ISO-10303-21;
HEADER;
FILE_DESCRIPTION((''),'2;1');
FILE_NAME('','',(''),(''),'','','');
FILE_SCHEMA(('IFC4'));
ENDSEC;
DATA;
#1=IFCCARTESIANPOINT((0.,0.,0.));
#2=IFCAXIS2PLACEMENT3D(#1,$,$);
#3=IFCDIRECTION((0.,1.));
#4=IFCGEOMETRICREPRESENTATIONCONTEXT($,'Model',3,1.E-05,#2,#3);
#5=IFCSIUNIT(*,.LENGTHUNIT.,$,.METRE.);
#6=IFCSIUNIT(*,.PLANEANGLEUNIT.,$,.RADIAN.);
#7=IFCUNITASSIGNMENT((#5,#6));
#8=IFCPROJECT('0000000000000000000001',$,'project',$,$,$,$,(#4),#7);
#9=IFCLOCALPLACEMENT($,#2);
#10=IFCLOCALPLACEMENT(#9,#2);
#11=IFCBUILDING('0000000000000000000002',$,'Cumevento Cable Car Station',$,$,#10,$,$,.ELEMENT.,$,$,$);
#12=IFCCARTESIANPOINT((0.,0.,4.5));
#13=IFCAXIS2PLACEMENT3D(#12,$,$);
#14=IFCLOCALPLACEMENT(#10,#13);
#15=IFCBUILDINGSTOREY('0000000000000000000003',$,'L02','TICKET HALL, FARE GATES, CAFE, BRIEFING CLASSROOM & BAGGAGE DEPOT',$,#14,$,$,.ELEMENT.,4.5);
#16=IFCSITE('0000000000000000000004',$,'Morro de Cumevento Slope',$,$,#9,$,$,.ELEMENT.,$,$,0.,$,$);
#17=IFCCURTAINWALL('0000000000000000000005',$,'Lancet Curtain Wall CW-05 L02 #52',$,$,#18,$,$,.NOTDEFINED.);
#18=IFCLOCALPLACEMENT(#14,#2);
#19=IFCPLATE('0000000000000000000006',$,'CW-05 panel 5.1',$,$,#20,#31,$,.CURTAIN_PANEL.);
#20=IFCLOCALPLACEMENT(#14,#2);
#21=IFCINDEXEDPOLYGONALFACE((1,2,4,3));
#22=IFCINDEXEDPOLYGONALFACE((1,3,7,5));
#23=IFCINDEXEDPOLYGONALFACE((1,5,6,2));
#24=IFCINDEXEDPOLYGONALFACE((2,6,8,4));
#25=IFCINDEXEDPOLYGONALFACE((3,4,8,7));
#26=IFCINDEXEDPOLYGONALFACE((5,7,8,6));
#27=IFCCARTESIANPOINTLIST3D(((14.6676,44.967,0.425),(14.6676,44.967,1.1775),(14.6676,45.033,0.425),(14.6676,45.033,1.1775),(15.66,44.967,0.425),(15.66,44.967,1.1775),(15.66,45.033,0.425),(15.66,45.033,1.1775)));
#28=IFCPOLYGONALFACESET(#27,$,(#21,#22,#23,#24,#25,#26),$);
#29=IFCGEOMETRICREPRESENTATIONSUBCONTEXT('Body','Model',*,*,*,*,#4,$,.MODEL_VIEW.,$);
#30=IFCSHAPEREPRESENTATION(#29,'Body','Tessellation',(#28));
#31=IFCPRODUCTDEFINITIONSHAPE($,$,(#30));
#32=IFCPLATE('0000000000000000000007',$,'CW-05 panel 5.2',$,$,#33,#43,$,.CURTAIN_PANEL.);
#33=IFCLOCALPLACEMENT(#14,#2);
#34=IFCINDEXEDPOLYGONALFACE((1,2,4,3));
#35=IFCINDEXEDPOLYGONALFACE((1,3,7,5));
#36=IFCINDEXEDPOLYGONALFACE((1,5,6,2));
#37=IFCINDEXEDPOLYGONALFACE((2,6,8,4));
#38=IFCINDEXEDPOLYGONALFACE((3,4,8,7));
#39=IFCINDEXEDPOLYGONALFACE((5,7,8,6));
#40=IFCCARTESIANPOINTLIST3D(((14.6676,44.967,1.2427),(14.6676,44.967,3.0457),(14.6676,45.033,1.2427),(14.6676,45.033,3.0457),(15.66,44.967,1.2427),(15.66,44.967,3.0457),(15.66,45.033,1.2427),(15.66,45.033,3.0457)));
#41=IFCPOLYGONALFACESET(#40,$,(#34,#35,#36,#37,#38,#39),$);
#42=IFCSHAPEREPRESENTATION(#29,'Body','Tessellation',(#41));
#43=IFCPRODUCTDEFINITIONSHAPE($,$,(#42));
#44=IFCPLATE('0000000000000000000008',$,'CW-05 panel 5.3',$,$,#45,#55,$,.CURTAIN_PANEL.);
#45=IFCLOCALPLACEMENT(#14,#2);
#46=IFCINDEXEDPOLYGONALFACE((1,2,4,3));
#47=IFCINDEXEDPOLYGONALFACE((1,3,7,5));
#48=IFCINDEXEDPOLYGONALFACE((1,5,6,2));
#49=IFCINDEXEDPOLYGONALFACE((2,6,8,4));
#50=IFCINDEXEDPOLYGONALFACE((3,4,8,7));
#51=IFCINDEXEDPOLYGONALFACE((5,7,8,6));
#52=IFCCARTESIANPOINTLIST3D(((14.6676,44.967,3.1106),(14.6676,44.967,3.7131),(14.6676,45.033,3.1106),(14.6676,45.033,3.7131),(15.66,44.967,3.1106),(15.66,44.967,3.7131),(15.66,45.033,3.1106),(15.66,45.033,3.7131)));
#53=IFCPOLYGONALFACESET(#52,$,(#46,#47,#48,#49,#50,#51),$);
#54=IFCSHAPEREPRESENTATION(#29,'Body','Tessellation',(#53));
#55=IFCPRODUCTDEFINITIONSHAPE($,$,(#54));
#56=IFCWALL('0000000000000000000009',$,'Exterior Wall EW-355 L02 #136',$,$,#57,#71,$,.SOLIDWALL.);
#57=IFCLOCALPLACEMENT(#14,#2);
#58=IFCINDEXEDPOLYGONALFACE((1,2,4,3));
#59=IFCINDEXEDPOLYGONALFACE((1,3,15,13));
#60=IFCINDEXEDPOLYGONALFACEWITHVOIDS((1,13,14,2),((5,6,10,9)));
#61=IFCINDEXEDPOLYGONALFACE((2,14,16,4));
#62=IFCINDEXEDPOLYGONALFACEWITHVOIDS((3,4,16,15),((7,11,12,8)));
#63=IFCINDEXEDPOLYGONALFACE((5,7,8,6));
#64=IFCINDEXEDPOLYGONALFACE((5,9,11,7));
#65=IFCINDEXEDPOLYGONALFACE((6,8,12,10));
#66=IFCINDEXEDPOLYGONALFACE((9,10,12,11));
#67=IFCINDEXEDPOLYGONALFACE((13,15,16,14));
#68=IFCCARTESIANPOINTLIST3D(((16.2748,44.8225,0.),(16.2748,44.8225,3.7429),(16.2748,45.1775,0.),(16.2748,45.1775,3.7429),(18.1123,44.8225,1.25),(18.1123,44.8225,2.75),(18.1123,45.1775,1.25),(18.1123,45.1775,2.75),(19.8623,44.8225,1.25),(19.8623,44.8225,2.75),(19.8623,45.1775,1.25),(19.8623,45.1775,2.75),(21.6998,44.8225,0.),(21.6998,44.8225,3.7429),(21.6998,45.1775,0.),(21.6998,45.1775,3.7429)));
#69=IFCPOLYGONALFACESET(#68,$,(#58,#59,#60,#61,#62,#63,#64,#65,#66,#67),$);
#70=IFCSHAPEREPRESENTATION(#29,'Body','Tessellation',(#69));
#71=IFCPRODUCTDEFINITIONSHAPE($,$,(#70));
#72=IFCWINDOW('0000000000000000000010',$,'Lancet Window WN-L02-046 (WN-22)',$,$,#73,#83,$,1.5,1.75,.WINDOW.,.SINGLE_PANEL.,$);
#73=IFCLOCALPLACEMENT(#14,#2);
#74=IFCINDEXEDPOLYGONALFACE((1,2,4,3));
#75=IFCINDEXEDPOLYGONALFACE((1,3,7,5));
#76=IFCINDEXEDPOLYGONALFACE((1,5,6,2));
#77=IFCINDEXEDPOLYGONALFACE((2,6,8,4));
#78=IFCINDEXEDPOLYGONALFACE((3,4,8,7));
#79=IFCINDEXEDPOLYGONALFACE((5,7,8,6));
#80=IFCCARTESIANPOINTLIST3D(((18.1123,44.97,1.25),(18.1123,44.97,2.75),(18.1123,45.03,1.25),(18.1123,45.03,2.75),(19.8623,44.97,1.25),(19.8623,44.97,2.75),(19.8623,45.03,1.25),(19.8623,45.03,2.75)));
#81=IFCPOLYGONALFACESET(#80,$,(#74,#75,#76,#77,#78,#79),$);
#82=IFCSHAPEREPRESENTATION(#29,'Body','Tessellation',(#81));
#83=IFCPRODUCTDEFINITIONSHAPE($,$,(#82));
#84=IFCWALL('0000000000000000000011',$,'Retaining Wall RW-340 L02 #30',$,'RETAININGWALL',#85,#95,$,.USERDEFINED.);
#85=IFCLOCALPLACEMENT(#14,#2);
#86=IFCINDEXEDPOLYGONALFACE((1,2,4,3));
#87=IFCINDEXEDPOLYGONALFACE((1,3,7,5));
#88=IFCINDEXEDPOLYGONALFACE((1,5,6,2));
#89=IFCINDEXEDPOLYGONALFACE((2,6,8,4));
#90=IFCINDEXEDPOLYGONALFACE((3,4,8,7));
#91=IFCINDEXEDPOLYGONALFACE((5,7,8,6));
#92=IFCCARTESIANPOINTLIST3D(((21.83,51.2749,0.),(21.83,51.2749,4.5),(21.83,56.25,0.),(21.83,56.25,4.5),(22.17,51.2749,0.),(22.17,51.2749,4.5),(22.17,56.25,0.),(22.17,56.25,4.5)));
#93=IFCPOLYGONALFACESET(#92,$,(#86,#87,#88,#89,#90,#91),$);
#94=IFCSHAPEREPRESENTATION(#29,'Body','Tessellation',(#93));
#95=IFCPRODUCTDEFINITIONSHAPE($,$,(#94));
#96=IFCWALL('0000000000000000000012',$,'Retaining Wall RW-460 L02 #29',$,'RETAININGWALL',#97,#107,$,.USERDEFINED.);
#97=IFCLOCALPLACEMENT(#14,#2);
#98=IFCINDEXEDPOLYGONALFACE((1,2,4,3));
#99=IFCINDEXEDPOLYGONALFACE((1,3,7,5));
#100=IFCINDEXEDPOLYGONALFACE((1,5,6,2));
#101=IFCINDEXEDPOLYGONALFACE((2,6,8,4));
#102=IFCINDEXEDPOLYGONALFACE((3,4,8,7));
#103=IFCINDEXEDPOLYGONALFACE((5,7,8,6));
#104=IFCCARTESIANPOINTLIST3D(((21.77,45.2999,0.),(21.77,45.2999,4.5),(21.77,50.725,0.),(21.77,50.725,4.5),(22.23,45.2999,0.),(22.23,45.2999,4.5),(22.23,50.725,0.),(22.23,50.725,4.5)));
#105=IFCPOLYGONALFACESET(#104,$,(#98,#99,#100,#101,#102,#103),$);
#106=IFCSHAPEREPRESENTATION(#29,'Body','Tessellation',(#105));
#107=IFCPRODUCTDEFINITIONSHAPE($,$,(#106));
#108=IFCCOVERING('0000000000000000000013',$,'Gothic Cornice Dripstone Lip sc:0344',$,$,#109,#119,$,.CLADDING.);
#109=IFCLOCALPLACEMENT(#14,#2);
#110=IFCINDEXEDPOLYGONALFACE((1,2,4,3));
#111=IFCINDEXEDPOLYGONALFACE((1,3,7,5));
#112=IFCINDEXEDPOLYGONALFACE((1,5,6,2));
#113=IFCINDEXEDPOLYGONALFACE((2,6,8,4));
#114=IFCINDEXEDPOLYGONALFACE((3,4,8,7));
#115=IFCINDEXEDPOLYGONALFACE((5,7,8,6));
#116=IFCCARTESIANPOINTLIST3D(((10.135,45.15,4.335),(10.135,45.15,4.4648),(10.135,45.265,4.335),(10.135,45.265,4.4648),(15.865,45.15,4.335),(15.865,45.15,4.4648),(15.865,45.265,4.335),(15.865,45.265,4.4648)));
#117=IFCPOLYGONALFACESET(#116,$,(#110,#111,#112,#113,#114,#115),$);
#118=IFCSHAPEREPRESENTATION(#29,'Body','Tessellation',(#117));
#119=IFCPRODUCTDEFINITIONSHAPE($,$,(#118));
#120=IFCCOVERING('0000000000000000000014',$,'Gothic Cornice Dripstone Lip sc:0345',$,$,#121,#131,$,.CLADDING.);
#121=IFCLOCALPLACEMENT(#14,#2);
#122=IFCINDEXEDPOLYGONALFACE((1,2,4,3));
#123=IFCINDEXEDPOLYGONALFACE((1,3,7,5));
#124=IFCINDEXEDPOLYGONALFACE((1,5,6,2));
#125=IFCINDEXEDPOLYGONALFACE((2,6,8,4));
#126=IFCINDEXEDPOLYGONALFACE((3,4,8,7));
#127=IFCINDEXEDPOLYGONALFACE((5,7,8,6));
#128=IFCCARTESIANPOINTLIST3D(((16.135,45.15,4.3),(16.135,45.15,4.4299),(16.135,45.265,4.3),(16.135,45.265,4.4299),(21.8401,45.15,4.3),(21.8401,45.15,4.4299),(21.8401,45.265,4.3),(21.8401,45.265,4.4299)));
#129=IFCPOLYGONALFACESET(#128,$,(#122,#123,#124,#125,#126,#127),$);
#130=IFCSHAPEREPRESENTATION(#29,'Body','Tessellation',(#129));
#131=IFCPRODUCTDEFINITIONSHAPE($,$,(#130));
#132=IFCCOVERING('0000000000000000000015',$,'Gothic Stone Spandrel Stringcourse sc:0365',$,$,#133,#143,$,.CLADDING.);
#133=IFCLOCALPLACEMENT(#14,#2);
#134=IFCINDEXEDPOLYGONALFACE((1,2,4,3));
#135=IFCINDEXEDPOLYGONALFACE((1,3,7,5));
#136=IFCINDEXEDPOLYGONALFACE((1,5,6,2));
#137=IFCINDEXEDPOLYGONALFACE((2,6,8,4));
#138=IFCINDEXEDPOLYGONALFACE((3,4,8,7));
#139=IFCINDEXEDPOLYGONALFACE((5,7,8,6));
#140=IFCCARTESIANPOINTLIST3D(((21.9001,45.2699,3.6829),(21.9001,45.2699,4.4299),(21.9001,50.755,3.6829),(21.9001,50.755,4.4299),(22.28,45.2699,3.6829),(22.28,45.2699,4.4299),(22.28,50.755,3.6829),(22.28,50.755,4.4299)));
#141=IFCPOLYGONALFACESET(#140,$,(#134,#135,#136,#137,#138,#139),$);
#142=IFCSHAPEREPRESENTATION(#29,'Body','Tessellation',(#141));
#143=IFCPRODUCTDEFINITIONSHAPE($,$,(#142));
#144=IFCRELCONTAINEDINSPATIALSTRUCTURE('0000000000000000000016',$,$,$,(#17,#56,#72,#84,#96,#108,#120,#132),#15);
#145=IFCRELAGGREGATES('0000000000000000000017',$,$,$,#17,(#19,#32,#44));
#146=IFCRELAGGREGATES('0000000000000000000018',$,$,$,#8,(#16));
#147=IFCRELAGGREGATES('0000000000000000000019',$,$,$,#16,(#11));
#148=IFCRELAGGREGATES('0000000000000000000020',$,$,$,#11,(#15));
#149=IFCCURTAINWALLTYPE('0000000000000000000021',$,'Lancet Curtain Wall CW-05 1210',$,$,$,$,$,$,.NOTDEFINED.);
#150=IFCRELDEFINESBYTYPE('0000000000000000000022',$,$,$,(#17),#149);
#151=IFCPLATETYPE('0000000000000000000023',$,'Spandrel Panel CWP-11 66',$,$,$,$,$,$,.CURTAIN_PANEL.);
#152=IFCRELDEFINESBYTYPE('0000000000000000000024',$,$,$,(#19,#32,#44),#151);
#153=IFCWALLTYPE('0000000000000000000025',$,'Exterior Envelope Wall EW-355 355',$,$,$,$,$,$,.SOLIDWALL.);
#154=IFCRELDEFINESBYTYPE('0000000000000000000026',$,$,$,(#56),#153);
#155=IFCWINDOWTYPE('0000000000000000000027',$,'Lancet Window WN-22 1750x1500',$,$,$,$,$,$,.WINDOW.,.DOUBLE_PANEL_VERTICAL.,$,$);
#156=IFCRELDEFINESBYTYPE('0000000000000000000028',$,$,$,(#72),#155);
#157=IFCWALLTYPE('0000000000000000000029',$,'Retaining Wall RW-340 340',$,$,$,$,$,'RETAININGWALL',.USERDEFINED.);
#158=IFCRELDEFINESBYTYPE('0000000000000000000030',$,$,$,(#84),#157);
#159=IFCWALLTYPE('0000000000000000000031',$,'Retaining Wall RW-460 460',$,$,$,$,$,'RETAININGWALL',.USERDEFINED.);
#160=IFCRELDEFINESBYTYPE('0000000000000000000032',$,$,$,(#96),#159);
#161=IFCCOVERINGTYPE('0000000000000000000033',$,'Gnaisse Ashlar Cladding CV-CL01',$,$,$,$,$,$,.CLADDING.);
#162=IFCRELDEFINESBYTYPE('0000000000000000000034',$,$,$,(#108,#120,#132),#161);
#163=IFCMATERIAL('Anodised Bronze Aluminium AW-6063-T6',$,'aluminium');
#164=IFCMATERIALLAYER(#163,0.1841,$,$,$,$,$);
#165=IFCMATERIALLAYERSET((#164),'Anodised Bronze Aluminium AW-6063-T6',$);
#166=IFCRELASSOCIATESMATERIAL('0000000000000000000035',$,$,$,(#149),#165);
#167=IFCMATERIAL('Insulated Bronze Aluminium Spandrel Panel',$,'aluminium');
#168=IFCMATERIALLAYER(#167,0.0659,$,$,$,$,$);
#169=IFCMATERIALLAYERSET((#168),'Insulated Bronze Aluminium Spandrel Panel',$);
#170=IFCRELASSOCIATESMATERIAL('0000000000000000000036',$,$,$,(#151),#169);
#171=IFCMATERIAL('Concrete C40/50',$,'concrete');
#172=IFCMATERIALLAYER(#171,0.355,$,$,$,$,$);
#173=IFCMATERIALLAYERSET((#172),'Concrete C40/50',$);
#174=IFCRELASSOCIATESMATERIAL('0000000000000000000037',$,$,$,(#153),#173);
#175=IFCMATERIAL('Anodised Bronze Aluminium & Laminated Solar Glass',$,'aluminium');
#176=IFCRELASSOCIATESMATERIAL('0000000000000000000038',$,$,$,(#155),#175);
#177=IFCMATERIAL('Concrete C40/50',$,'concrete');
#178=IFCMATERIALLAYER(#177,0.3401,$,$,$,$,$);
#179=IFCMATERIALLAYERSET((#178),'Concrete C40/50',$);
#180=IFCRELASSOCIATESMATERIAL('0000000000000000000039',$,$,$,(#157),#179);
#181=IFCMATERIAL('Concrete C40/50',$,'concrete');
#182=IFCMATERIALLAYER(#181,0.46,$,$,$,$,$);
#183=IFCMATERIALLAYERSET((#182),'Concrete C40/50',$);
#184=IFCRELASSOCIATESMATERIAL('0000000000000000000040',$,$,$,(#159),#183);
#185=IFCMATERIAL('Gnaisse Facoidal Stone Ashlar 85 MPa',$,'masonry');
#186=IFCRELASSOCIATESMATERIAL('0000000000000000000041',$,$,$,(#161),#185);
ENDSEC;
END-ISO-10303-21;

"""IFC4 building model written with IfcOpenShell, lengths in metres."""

from ifc_helpers import new_model, si_unit, direction, frame, frame_2d, origin, origin_2d, place, context, subcontext, project, spatial, rectangle, extrude, material, layer, layer_set, type_object, element, fill, aggregate, save


model = new_model("IFC4")

# Units and contexts
model_context = context("Model", 3, precision=1e-05, world=origin(), true_north=direction((0.0, 1.0)))
body_context = subcontext(model_context, "Body", "Model", "MODEL_VIEW")
ifc_project = project(units=[si_unit("LENGTHUNIT", "METRE"), si_unit("PLANEANGLEUNIT", "RADIAN")], contexts=[model_context])

# Site, building, storey
site_placement = place(None, origin())
site = spatial("IfcSite", under=ifc_project, at=site_placement, Name="Morro de Cumevento Slope", CompositionType="ELEMENT", RefElevation=0.0)
building_placement = place(site_placement, origin())
building = spatial("IfcBuilding", under=site, at=building_placement, Name="Cumevento Cable Car Station", CompositionType="ELEMENT")
storey_placement = place(building_placement, frame((0.0, 0.0, 4.5)))
storey = spatial("IfcBuildingStorey", under=building, at=storey_placement, Name="L02", Description="TICKET HALL, FARE GATES, CAFE, BRIEFING CLASSROOM & BAGGAGE DEPOT", CompositionType="ELEMENT", Elevation=4.5)

# Curtain wall
ifc_material_1 = material(Name="Anodised Bronze Aluminium AW-6063-T6", Category="aluminium")
ifc_layer_1 = layer(ifc_material_1, 0.1841)
ifc_layer_set_1 = layer_set([ifc_layer_1], Name="Anodised Bronze Aluminium AW-6063-T6")
curtain_wall_type = type_object("IfcCurtainWallType", Name="Lancet Curtain Wall CW-05 1210", PredefinedType="NOTDEFINED", material=ifc_layer_set_1)
curtain_wall_placement = place(storey_placement, origin())
curtain_wall = element("IfcCurtainWall", 1, at=curtain_wall_placement, inside=storey, type_object=curtain_wall_type, Name="Lancet Curtain Wall CW-05 L02 #52", PredefinedType="NOTDEFINED")

# Plates
ifc_material_2 = material(Name="Insulated Bronze Aluminium Spandrel Panel", Category="aluminium")
ifc_layer_2 = layer(ifc_material_2, 0.0659)
ifc_layer_set_2 = layer_set([ifc_layer_2], Name="Insulated Bronze Aluminium Spandrel Panel")
plate_type = type_object("IfcPlateType", Name="Spandrel Panel CWP-11 66", PredefinedType="CURTAIN_PANEL", material=ifc_layer_set_2)
plate_1_placement = place(storey_placement, frame((15.1638, 45.0, 0.425), z_axis=(0.0, 0.0, 1.0), x_axis=(1.0, 0.0, 0.0)))
plate_1 = element("IfcPlate", 2, at=plate_1_placement, type_object=plate_type, Name="CW-05 panel 5.1", PredefinedType="CURTAIN_PANEL", context=body_context, shape_type="SweptSolid", body=[
    extrude(rectangle(XDim=0.9924, YDim=0.0659, at=origin_2d()), origin(), (0.0, 0.0, 1.0), 0.7524),
])
plate_2_placement = place(storey_placement, frame((15.1638, 45.0, 1.2427), z_axis=(0.0, 0.0, 1.0), x_axis=(1.0, 0.0, 0.0)))
plate_2 = element("IfcPlate", 3, at=plate_2_placement, type_object=plate_type, Name="CW-05 panel 5.2", PredefinedType="CURTAIN_PANEL", context=body_context, shape_type="SweptSolid", body=[
    extrude(rectangle(XDim=0.9924, YDim=0.0659, at=origin_2d()), origin(), (0.0, 0.0, 1.0), 1.803),
])
plate_3_placement = place(storey_placement, frame((15.1638, 45.0, 3.1106), z_axis=(0.0, 0.0, 1.0), x_axis=(1.0, 0.0, 0.0)))
plate_3 = element("IfcPlate", 4, at=plate_3_placement, type_object=plate_type, Name="CW-05 panel 5.3", PredefinedType="CURTAIN_PANEL", context=body_context, shape_type="SweptSolid", body=[
    extrude(rectangle(XDim=0.9924, YDim=0.0659, at=origin_2d()), origin(), (0.0, 0.0, 1.0), 0.6025),
])
aggregate(curtain_wall, [plate_1, plate_2, plate_3])

# Wall, opening, window
ifc_material_3 = material(Name="Concrete C40/50", Category="concrete")
ifc_layer_3 = layer(ifc_material_3, 0.355)
ifc_layer_set_3 = layer_set([ifc_layer_3], Name="Concrete C40/50")
wall_type_1 = type_object("IfcWallType", Name="Exterior Envelope Wall EW-355 355", PredefinedType="SOLIDWALL", material=ifc_layer_set_3)
wall_1_placement = place(storey_placement, frame((16.2749, 45.0, 0.0), z_axis=(0.0, 0.0, 1.0), x_axis=(1.0, 0.0, 0.0)))
wall_1 = element("IfcWall", 5, at=wall_1_placement, inside=storey, type_object=wall_type_1, Name="Exterior Wall EW-355 L02 #136", PredefinedType="SOLIDWALL", context=body_context, shape_type="SweptSolid", body=[
    extrude(rectangle(XDim=5.425, YDim=0.355, at=frame_2d((2.7124, 0.0))), origin(), (0.0, 0.0, 1.0), 3.7429),
])
opening_placement = place(wall_1_placement, frame((1.8374, 0.0, 1.25)))
opening = element("IfcOpeningElement", 6, at=opening_placement, cuts=wall_1, PredefinedType="OPENING", context=body_context, shape_type="SweptSolid", body=[
    extrude(rectangle(XDim=1.75, YDim=1.5, at=frame_2d((0.875, 0.75))), frame((0.0, 0.1875, 0.0), z_axis=(0.0, -1.0, 0.0), x_axis=(1.0, 0.0, 0.0)), (0.0, 0.0, 1.0), 0.375),
])
ifc_material_4 = material(Name="Anodised Bronze Aluminium & Laminated Solar Glass", Category="aluminium")
window_type = type_object("IfcWindowType", Name="Lancet Window WN-22 1750x1500", PartitioningType="DOUBLE_PANEL_VERTICAL", PredefinedType="WINDOW", material=ifc_material_4)
window_placement = place(opening_placement, origin())
window = element("IfcWindow", 7, at=window_placement, inside=storey, type_object=window_type, Name="Lancet Window WN-L02-046 (WN-22)", OverallHeight=1.5, OverallWidth=1.75, PartitioningType="SINGLE_PANEL", PredefinedType="WINDOW", context=body_context, shape_type="SweptSolid", body=[
    extrude(rectangle(XDim=1.75, YDim=1.5, at=frame_2d((0.875, 0.75))), frame((0.0, 0.03, 0.0), z_axis=(0.0, -1.0, 0.0), x_axis=(1.0, 0.0, 0.0)), (0.0, 0.0, 1.0), 0.0601),
])
fill(opening, window)

# Walls
ifc_material_5 = material(Name="Concrete C40/50", Category="concrete")
ifc_layer_4 = layer(ifc_material_5, 0.3401)
ifc_layer_set_4 = layer_set([ifc_layer_4], Name="Concrete C40/50")
wall_type_2 = type_object("IfcWallType", Name="Retaining Wall RW-340 340", ElementType="RETAININGWALL", PredefinedType="USERDEFINED", material=ifc_layer_set_4)
wall_2_placement = place(storey_placement, frame((22.0, 51.2749, 0.0), z_axis=(0.0, 0.0, 1.0), x_axis=(0.0, 1.0, 0.0)))
element("IfcWall", 8, at=wall_2_placement, inside=storey, type_object=wall_type_2, Name="Retaining Wall RW-340 L02 #30", ObjectType="RETAININGWALL", PredefinedType="USERDEFINED", context=body_context, shape_type="SweptSolid", body=[
    extrude(rectangle(XDim=4.9751, YDim=0.3401, at=frame_2d((2.4875, 0.0))), origin(), (0.0, 0.0, 1.0), 4.5),
])
ifc_material_6 = material(Name="Concrete C40/50", Category="concrete")
ifc_layer_5 = layer(ifc_material_6, 0.46)
ifc_layer_set_5 = layer_set([ifc_layer_5], Name="Concrete C40/50")
wall_type_3 = type_object("IfcWallType", Name="Retaining Wall RW-460 460", ElementType="RETAININGWALL", PredefinedType="USERDEFINED", material=ifc_layer_set_5)
wall_3_placement = place(storey_placement, frame((22.0, 45.3, 0.0), z_axis=(0.0, 0.0, 1.0), x_axis=(0.0, 1.0, 0.0)))
element("IfcWall", 9, at=wall_3_placement, inside=storey, type_object=wall_type_3, Name="Retaining Wall RW-460 L02 #29", ObjectType="RETAININGWALL", PredefinedType="USERDEFINED", context=body_context, shape_type="SweptSolid", body=[
    extrude(rectangle(XDim=5.425, YDim=0.46, at=frame_2d((2.7124, 0.0))), origin(), (0.0, 0.0, 1.0), 4.5),
])

# Coverings
ifc_material_7 = material(Name="Gnaisse Facoidal Stone Ashlar 85 MPa", Category="masonry")
covering_type = type_object("IfcCoveringType", Name="Gnaisse Ashlar Cladding CV-CL01", PredefinedType="CLADDING", material=ifc_material_7)
covering_1_placement = place(storey_placement, frame((13.0, 45.2075, 4.335), z_axis=(0.0, 0.0, 1.0), x_axis=(1.0, 0.0, 0.0)))
element("IfcCovering", 10, at=covering_1_placement, inside=storey, type_object=covering_type, Name="Gothic Cornice Dripstone Lip sc:0344", PredefinedType="CLADDING", context=body_context, shape_type="SweptSolid", body=[
    extrude(rectangle(XDim=5.73, YDim=0.115, at=origin_2d()), origin(), (0.0, 0.0, 1.0), 0.1299),
])
covering_2_placement = place(storey_placement, frame((18.9875, 45.2075, 4.3), z_axis=(0.0, 0.0, 1.0), x_axis=(1.0, 0.0, 0.0)))
element("IfcCovering", 11, at=covering_2_placement, inside=storey, type_object=covering_type, Name="Gothic Cornice Dripstone Lip sc:0345", PredefinedType="CLADDING", context=body_context, shape_type="SweptSolid", body=[
    extrude(rectangle(XDim=5.7051, YDim=0.115, at=origin_2d()), origin(), (0.0, 0.0, 1.0), 0.1299),
])
covering_3_placement = place(storey_placement, frame((22.0901, 48.0125, 3.6829), z_axis=(0.0, 0.0, 1.0), x_axis=(0.0, 1.0, 0.0)))
element("IfcCovering", 12, at=covering_3_placement, inside=storey, type_object=covering_type, Name="Gothic Stone Spandrel Stringcourse sc:0365", PredefinedType="CLADDING", context=body_context, shape_type="SweptSolid", body=[
    extrude(rectangle(XDim=5.4851, YDim=0.3799, at=origin_2d()), origin(), (0.0, 0.0, 1.0), 0.7471),
])

save(model, "model.ifc")
